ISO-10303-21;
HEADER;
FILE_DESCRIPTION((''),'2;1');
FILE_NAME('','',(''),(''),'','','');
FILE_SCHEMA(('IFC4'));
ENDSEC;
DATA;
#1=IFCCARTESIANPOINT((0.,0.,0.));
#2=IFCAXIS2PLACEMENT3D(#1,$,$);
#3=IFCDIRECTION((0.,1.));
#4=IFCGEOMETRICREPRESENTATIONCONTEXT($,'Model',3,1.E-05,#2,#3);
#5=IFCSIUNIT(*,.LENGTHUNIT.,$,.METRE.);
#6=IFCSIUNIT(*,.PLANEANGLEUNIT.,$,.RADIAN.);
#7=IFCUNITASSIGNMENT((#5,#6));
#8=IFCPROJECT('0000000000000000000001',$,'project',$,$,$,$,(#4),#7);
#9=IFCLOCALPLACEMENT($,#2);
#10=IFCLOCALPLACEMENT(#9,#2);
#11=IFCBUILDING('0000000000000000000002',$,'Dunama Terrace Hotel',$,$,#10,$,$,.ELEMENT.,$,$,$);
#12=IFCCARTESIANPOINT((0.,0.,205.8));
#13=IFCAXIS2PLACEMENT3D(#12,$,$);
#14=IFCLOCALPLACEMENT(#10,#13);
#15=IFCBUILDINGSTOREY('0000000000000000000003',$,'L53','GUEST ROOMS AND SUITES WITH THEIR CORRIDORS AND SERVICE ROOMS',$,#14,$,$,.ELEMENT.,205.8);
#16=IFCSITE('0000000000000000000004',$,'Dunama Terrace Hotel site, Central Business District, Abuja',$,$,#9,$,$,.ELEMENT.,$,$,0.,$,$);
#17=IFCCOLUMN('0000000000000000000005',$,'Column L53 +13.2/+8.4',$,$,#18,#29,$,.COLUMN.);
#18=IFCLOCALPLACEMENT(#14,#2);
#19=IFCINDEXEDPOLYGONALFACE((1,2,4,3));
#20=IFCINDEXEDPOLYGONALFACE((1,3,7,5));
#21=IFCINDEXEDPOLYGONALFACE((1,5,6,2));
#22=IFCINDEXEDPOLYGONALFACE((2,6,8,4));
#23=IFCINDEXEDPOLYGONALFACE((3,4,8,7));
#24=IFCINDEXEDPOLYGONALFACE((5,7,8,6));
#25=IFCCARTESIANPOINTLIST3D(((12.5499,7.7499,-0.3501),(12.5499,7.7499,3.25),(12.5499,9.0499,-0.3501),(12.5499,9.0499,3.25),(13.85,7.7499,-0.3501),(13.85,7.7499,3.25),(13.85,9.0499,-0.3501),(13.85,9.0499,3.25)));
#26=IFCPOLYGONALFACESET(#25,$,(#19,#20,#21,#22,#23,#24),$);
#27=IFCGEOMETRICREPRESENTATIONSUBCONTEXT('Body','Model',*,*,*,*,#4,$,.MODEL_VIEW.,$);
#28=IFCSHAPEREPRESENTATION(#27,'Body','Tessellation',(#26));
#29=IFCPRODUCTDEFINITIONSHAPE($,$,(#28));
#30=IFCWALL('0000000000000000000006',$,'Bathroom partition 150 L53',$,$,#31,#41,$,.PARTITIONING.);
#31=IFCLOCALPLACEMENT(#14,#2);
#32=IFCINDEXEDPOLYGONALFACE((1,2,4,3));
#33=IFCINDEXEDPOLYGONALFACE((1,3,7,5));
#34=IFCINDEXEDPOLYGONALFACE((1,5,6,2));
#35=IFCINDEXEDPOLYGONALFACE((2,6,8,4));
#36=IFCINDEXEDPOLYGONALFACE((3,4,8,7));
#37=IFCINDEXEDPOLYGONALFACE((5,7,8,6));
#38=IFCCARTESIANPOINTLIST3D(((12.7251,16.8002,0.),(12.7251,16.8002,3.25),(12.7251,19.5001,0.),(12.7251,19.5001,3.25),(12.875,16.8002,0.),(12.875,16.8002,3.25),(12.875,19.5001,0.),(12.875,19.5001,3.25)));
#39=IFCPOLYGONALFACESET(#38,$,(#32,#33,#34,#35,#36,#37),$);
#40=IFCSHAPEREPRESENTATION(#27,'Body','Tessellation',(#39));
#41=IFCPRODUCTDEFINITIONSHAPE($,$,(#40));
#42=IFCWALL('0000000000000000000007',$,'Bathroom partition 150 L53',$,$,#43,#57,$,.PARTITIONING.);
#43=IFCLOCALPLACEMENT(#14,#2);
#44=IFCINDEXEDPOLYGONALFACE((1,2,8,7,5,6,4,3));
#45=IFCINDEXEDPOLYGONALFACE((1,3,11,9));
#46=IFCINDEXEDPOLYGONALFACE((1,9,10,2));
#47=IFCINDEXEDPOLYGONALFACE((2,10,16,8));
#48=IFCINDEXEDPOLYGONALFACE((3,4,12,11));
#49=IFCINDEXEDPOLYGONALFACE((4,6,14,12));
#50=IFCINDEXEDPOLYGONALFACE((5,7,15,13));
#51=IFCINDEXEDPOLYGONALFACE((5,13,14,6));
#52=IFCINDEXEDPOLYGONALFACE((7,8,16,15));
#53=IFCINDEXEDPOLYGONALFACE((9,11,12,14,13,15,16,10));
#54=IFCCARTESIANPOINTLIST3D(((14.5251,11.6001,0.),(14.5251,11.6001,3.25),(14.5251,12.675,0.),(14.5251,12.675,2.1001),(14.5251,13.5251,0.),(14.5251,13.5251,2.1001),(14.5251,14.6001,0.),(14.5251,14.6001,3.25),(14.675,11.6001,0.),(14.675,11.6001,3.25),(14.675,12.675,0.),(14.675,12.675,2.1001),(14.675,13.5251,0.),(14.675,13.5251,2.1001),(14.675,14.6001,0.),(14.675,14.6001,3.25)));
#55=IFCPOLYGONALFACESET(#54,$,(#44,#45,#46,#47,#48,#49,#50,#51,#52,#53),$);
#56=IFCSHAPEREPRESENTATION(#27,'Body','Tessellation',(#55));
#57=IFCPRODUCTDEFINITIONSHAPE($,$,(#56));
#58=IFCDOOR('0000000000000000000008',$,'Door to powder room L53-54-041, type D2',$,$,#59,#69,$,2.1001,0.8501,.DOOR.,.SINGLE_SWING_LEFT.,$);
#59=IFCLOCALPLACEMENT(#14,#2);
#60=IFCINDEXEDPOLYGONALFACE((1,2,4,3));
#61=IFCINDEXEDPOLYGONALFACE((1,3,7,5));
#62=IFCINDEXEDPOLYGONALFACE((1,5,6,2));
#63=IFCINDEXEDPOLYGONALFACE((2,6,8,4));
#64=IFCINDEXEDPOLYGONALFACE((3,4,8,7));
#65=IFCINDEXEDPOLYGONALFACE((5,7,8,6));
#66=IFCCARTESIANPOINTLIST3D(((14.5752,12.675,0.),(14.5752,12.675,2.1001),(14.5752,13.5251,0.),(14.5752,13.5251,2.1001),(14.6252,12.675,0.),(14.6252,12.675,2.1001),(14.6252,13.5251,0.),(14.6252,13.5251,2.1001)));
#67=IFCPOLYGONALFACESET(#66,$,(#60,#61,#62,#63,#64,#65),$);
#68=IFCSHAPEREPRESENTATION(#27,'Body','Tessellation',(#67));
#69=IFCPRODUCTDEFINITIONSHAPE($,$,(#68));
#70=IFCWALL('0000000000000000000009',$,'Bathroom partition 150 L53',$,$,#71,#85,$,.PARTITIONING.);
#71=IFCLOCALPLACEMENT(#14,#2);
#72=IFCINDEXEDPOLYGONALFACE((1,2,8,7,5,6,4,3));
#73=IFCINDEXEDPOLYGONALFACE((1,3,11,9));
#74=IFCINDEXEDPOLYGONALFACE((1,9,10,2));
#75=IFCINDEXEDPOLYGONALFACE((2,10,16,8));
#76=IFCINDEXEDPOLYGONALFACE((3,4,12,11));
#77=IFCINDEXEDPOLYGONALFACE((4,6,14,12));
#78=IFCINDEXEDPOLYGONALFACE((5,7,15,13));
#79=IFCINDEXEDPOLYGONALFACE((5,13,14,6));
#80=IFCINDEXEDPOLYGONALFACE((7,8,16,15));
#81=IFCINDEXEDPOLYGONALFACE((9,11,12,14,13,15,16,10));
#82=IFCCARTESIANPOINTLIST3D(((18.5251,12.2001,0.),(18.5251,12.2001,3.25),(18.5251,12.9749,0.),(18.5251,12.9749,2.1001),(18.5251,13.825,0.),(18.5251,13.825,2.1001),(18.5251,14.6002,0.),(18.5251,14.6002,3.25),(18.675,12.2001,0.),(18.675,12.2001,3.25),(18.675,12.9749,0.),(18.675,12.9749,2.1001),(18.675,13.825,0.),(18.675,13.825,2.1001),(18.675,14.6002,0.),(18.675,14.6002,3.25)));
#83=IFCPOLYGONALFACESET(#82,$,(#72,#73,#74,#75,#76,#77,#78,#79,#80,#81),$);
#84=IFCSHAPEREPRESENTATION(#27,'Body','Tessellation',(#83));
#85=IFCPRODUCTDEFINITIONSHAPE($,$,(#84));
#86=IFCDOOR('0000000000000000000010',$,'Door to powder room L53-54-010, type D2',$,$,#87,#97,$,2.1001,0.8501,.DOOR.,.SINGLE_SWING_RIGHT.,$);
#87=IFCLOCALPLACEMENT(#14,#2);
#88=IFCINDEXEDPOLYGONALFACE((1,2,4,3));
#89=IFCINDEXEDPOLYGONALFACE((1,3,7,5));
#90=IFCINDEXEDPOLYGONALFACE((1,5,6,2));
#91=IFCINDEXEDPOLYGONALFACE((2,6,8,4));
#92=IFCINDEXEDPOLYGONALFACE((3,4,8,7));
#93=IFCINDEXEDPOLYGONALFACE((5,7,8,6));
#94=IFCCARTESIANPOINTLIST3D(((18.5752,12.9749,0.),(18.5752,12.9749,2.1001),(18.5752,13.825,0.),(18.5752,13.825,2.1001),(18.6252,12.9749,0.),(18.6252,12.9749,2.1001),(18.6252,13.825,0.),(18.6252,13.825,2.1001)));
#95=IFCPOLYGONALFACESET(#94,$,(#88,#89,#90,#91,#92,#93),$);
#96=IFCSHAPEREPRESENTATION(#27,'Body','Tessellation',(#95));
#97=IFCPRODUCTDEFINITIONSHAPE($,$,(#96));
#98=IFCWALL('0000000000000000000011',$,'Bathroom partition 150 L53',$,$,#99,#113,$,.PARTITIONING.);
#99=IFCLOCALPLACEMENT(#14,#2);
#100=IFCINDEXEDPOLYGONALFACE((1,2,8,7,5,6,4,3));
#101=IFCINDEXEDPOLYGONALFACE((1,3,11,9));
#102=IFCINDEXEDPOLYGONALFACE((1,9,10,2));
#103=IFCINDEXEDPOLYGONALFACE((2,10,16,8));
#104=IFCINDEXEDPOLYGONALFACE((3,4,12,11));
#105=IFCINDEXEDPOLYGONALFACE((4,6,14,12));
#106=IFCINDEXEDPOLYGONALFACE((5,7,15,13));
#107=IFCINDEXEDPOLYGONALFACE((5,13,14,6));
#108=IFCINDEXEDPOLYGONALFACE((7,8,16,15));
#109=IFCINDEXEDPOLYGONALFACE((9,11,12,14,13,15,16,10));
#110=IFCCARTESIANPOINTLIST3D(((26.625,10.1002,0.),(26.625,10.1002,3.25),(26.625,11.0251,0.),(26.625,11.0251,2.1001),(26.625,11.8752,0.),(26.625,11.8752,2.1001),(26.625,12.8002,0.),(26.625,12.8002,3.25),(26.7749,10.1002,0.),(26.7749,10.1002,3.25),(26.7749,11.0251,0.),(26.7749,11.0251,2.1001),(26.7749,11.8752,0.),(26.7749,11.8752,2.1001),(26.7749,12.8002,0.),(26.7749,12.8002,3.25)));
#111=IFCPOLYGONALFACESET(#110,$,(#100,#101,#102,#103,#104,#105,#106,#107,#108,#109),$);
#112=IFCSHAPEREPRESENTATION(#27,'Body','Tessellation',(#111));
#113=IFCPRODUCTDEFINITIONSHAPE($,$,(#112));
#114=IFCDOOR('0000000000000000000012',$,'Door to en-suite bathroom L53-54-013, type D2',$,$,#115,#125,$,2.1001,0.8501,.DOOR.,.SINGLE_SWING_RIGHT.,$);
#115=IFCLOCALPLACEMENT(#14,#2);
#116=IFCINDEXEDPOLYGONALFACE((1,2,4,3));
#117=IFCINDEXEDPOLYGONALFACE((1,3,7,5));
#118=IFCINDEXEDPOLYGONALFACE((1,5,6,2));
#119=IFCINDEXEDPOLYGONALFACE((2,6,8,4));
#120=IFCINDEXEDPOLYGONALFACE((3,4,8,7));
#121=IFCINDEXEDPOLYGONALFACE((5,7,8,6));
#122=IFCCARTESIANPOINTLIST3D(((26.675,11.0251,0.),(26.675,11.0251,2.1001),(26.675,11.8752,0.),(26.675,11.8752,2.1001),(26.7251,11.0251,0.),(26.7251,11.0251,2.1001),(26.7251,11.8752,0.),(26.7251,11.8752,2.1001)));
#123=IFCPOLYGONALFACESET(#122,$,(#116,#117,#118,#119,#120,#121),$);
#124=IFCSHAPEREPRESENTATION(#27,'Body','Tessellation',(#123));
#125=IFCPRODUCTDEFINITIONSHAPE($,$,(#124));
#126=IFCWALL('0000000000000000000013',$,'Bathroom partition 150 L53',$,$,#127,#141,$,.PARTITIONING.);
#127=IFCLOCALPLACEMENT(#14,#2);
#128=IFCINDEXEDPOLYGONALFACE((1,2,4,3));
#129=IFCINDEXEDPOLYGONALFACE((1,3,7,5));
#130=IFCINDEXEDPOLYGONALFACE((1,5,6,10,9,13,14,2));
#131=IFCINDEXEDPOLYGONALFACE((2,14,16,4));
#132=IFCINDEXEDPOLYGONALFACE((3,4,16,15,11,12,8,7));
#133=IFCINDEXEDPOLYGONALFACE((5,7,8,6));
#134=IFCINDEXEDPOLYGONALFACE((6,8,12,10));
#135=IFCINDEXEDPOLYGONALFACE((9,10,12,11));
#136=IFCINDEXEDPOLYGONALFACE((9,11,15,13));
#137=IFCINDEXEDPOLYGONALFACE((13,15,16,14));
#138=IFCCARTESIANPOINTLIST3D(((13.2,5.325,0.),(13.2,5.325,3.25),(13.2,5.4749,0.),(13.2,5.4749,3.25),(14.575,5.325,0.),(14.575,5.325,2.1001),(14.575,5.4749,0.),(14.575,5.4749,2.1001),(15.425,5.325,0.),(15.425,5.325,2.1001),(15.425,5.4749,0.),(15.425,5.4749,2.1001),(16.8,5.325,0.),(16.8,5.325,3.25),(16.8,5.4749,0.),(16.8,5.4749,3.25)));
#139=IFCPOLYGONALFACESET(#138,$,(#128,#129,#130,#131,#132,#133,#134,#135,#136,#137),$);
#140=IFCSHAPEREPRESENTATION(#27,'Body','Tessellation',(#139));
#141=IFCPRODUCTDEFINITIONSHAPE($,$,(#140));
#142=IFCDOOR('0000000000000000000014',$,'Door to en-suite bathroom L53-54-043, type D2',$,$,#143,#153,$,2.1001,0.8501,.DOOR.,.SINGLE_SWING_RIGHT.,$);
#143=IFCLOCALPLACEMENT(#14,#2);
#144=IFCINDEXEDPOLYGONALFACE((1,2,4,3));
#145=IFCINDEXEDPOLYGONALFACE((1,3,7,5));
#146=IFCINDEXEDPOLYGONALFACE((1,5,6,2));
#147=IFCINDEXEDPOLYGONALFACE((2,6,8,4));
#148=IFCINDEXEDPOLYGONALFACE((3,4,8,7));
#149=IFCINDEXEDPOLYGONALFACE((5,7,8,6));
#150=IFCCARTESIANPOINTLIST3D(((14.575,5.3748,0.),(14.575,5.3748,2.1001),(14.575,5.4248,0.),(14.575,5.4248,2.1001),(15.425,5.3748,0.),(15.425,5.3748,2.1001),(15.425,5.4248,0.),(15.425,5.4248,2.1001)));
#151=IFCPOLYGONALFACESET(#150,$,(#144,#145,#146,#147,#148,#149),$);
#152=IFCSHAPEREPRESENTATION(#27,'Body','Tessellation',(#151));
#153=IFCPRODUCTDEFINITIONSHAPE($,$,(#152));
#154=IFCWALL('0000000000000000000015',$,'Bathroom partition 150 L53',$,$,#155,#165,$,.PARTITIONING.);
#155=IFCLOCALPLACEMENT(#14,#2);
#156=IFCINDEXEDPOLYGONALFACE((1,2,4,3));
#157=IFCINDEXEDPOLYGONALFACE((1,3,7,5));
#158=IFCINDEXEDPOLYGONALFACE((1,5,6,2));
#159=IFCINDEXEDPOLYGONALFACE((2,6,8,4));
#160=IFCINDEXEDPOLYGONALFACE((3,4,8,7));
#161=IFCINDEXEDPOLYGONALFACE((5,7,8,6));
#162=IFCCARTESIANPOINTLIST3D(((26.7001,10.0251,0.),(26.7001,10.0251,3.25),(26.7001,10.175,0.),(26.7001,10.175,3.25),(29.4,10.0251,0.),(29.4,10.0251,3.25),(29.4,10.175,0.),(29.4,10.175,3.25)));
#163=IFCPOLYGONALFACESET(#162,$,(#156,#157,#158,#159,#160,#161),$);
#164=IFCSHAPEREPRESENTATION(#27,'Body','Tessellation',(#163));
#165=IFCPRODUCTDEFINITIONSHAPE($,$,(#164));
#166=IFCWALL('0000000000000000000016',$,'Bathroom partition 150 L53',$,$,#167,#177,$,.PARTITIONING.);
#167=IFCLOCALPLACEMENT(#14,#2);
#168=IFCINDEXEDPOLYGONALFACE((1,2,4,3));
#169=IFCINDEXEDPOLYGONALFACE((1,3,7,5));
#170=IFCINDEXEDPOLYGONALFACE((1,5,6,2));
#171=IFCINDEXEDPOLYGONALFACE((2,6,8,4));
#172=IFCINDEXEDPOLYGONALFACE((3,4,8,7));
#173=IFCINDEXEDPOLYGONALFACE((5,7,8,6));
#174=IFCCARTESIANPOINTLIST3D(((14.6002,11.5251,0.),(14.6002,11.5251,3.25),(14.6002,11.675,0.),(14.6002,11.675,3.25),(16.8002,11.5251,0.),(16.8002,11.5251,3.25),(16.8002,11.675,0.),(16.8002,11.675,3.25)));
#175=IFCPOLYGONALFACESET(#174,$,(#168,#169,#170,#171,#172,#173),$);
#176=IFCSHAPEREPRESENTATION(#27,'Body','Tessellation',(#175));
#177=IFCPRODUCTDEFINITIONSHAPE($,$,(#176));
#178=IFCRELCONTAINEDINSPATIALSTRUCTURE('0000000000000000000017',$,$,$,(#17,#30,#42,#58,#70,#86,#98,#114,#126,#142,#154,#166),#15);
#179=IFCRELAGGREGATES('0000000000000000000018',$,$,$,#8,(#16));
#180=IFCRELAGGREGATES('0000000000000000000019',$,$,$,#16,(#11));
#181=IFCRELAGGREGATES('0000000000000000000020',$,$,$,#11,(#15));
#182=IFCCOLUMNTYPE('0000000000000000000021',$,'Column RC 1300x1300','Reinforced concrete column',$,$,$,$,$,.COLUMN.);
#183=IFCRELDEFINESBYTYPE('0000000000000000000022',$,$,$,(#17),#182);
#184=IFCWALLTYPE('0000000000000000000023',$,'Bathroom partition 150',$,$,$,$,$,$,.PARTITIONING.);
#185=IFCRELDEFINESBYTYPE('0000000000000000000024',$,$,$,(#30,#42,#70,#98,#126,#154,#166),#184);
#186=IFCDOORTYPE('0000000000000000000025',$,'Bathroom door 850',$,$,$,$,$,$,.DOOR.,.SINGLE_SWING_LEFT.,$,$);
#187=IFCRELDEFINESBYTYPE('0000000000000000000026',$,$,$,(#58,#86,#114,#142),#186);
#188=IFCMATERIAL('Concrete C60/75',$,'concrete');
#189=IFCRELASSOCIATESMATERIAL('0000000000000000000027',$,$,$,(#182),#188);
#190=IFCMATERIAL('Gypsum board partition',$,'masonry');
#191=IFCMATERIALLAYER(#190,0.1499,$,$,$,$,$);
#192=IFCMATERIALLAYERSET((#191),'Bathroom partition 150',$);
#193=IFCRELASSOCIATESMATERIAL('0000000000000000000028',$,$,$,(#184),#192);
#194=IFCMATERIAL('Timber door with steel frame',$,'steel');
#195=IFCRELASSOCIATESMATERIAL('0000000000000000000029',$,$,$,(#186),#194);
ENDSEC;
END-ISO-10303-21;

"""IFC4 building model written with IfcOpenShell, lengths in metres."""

from ifc_helpers import new_model, si_unit, direction, frame, frame_2d, origin, origin_2d, place, context, subcontext, project, spatial, rectangle, extrude, material, layer, layer_set, material_profile, profile_set, type_object, element, fill, save


model = new_model("IFC4")

# Units and contexts
model_context = context("Model", 3, precision=1e-05, world=origin(), true_north=direction((0.0, 1.0)))
body_context = subcontext(model_context, "Body", "Model", "MODEL_VIEW")
ifc_project = project(units=[si_unit("LENGTHUNIT", "METRE"), si_unit("PLANEANGLEUNIT", "RADIAN")], contexts=[model_context])

# Site, building, storey
site_placement = place(None, origin())
site = spatial("IfcSite", under=ifc_project, at=site_placement, Name="Dunama Terrace Hotel site, Central Business District, Abuja", CompositionType="ELEMENT", RefElevation=0.0)
building_placement = place(site_placement, origin())
building = spatial("IfcBuilding", under=site, at=building_placement, Name="Dunama Terrace Hotel", CompositionType="ELEMENT")
storey_placement = place(building_placement, frame((0.0, 0.0, 205.8)))
storey = spatial("IfcBuildingStorey", under=building, at=storey_placement, Name="L53", Description="GUEST ROOMS AND SUITES WITH THEIR CORRIDORS AND SERVICE ROOMS", CompositionType="ELEMENT", Elevation=205.8)

# Column
ifc_material_1 = material(Name="Concrete C60/75", Category="concrete")
ifc_material_profile = material_profile(ifc_material_1, rectangle(XDim=1.3, YDim=1.3, at=origin_2d()), Name="RC 1300x1300")
ifc_profile_set = profile_set([ifc_material_profile], Name="Concrete C60/75")
column_type = type_object("IfcColumnType", Name="Column RC 1300x1300", Description="Reinforced concrete column", PredefinedType="COLUMN", material=ifc_profile_set)
column_placement = place(storey_placement, frame((13.2, 8.3999, -0.3501), z_axis=(0.0, 0.0, 1.0), x_axis=(1.0, 0.0, 0.0)))
element("IfcColumn", 1, at=column_placement, inside=storey, type_object=column_type, Name="Column L53 +13.2/+8.4", PredefinedType="COLUMN", context=body_context, shape_type="SweptSolid", body=[
    extrude(rectangle(XDim=1.3, YDim=1.3, at=origin_2d()), origin(), (0.0, 0.0, 1.0), 3.6001),
])

# Wall
ifc_material_2 = material(Name="Gypsum board partition", Category="masonry")
ifc_layer_1 = layer(ifc_material_2, 0.1499)
ifc_layer_set_1 = layer_set([ifc_layer_1], Name="Bathroom partition 150")
wall_type_1 = type_object("IfcWallType", Name="Bathroom partition 150", PredefinedType="PARTITIONING", material=ifc_layer_set_1)
wall_1_placement = place(storey_placement, frame((12.8, 16.8, 0.0), z_axis=(0.0, 0.0, 1.0), x_axis=(0.0, 1.0, 0.0)))
element("IfcWall", 2, at=wall_1_placement, inside=storey, type_object=wall_type_1, Name="Bathroom partition 150 L53", PredefinedType="PARTITIONING", context=body_context, shape_type="SweptSolid", body=[
    extrude(rectangle(XDim=2.7, YDim=0.1499, at=frame_2d((1.3501, 0.0))), origin(), (0.0, 0.0, 1.0), 3.25),
])

# Walls, openings, doors
wall_2_placement = place(storey_placement, frame((14.6001, 11.6001, 0.0), z_axis=(0.0, 0.0, 1.0), x_axis=(0.0, 1.0, 0.0)))
wall_2 = element("IfcWall", 3, at=wall_2_placement, inside=storey, type_object=wall_type_1, Name="Bathroom partition 150 L53", PredefinedType="PARTITIONING", context=body_context, shape_type="SweptSolid", body=[
    extrude(rectangle(XDim=3.0, YDim=0.1499, at=frame_2d((1.5, 0.0))), origin(), (0.0, 0.0, 1.0), 3.25),
])
opening_1_placement = place(wall_2_placement, frame((1.075, 0.0, 0.0)))
opening_1 = element("IfcOpeningElement", 4, at=opening_1_placement, cuts=wall_2, PredefinedType="OPENING", context=body_context, shape_type="SweptSolid", body=[
    extrude(rectangle(XDim=0.8501, YDim=2.1001, at=frame_2d((0.425, 1.05))), frame((0.0, 0.085, 0.0), z_axis=(0.0, -1.0, 0.0), x_axis=(1.0, 0.0, 0.0)), (0.0, 0.0, 1.0), 0.1699),
])
ifc_material_3 = material(Name="Timber door with steel frame", Category="steel")
door_type_1 = type_object("IfcDoorType", Name="Bathroom door 850", OperationType="SINGLE_SWING_LEFT", PredefinedType="DOOR", material=ifc_material_3)
door_1_placement = place(opening_1_placement, frame((0.8501, 0.0, 0.0), z_axis=(0.0, 0.0, 1.0), x_axis=(-1.0, 0.0, 0.0)))
door_1 = element("IfcDoor", 5, at=door_1_placement, inside=storey, type_object=door_type_1, Name="Door to powder room L53-54-041, type D2", OperationType="SINGLE_SWING_LEFT", OverallHeight=2.1001, OverallWidth=0.8501, PredefinedType="DOOR", context=body_context, shape_type="SweptSolid", body=[
    extrude(rectangle(XDim=0.8501, YDim=2.1001, at=frame_2d((0.425, 1.05))), frame((0.0, 0.0251, 0.0), z_axis=(0.0, -1.0, 0.0), x_axis=(1.0, 0.0, 0.0)), (0.0, 0.0, 1.0), 0.05),
])
fill(opening_1, door_1)
wall_3_placement = place(storey_placement, frame((18.6001, 12.2, 0.0), z_axis=(0.0, 0.0, 1.0), x_axis=(0.0, 1.0, 0.0)))
wall_3 = element("IfcWall", 6, at=wall_3_placement, inside=storey, type_object=wall_type_1, Name="Bathroom partition 150 L53", PredefinedType="PARTITIONING", context=body_context, shape_type="SweptSolid", body=[
    extrude(rectangle(XDim=2.4001, YDim=0.1499, at=frame_2d((1.2002, 0.0))), origin(), (0.0, 0.0, 1.0), 3.25),
])
opening_2_placement = place(wall_3_placement, frame((0.7749, 0.0, 0.0)))
opening_2 = element("IfcOpeningElement", 7, at=opening_2_placement, cuts=wall_3, PredefinedType="OPENING", context=body_context, shape_type="SweptSolid", body=[
    extrude(rectangle(XDim=0.8501, YDim=2.1001, at=frame_2d((0.425, 1.05))), frame((0.0, 0.085, 0.0), z_axis=(0.0, -1.0, 0.0), x_axis=(1.0, 0.0, 0.0)), (0.0, 0.0, 1.0), 0.1699),
])
door_2_placement = place(opening_2_placement, origin())
door_2 = element("IfcDoor", 8, at=door_2_placement, inside=storey, type_object=door_type_1, Name="Door to powder room L53-54-010, type D2", OperationType="SINGLE_SWING_RIGHT", OverallHeight=2.1001, OverallWidth=0.8501, PredefinedType="DOOR", context=body_context, shape_type="SweptSolid", body=[
    extrude(rectangle(XDim=0.8501, YDim=2.1001, at=frame_2d((0.425, 1.05))), frame((0.0, 0.0249, 0.0), z_axis=(0.0, -1.0, 0.0), x_axis=(1.0, 0.0, 0.0)), (0.0, 0.0, 1.0), 0.05),
])
fill(opening_2, door_2)
wall_4_placement = place(storey_placement, frame((26.7, 10.1001, 0.0), z_axis=(0.0, 0.0, 1.0), x_axis=(0.0, 1.0, 0.0)))
wall_4 = element("IfcWall", 9, at=wall_4_placement, inside=storey, type_object=wall_type_1, Name="Bathroom partition 150 L53", PredefinedType="PARTITIONING", context=body_context, shape_type="SweptSolid", body=[
    extrude(rectangle(XDim=2.7, YDim=0.1499, at=frame_2d((1.3501, 0.0))), origin(), (0.0, 0.0, 1.0), 3.25),
])
opening_3_placement = place(wall_4_placement, frame((0.925, 0.0, 0.0)))
opening_3 = element("IfcOpeningElement", 10, at=opening_3_placement, cuts=wall_4, PredefinedType="OPENING", context=body_context, shape_type="SweptSolid", body=[
    extrude(rectangle(XDim=0.8501, YDim=2.1001, at=frame_2d((0.425, 1.05))), frame((0.0, 0.085, 0.0), z_axis=(0.0, -1.0, 0.0), x_axis=(1.0, 0.0, 0.0)), (0.0, 0.0, 1.0), 0.1699),
])
door_3_placement = place(opening_3_placement, frame((0.8501, 0.0, 0.0), z_axis=(0.0, 0.0, 1.0), x_axis=(-1.0, 0.0, 0.0)))
door_3 = element("IfcDoor", 11, at=door_3_placement, inside=storey, type_object=door_type_1, Name="Door to en-suite bathroom L53-54-013, type D2", OperationType="SINGLE_SWING_RIGHT", OverallHeight=2.1001, OverallWidth=0.8501, PredefinedType="DOOR", context=body_context, shape_type="SweptSolid", body=[
    extrude(rectangle(XDim=0.8501, YDim=2.1001, at=frame_2d((0.425, 1.05))), frame((0.0, 0.0251, 0.0), z_axis=(0.0, -1.0, 0.0), x_axis=(1.0, 0.0, 0.0)), (0.0, 0.0, 1.0), 0.05),
])
fill(opening_3, door_3)
wall_5_placement = place(storey_placement, frame((13.2, 5.3999, 0.0), z_axis=(0.0, 0.0, 1.0), x_axis=(1.0, 0.0, 0.0)))
wall_5 = element("IfcWall", 12, at=wall_5_placement, inside=storey, type_object=wall_type_1, Name="Bathroom partition 150 L53", PredefinedType="PARTITIONING", context=body_context, shape_type="SweptSolid", body=[
    extrude(rectangle(XDim=3.6001, YDim=0.1499, at=frame_2d((1.8, 0.0))), origin(), (0.0, 0.0, 1.0), 3.25),
])
opening_4_placement = place(wall_5_placement, frame((1.375, 0.0, 0.0)))
opening_4 = element("IfcOpeningElement", 13, at=opening_4_placement, cuts=wall_5, PredefinedType="OPENING", context=body_context, shape_type="SweptSolid", body=[
    extrude(rectangle(XDim=0.8501, YDim=2.1001, at=frame_2d((0.425, 1.05))), frame((0.0, 0.085, 0.0), z_axis=(0.0, -1.0, 0.0), x_axis=(1.0, 0.0, 0.0)), (0.0, 0.0, 1.0), 0.1699),
])
door_4_placement = place(opening_4_placement, origin())
door_4 = element("IfcDoor", 14, at=door_4_placement, inside=storey, type_object=door_type_1, Name="Door to en-suite bathroom L53-54-043, type D2", OperationType="SINGLE_SWING_RIGHT", OverallHeight=2.1001, OverallWidth=0.8501, PredefinedType="DOOR", context=body_context, shape_type="SweptSolid", body=[
    extrude(rectangle(XDim=0.8501, YDim=2.1001, at=frame_2d((0.425, 1.05))), frame((0.0, 0.0249, 0.0), z_axis=(0.0, -1.0, 0.0), x_axis=(1.0, 0.0, 0.0)), (0.0, 0.0, 1.0), 0.05),
])
fill(opening_4, door_4)

# Walls
wall_6_placement = place(storey_placement, frame((26.7, 10.1001, 0.0), z_axis=(0.0, 0.0, 1.0), x_axis=(1.0, 0.0, 0.0)))
element("IfcWall", 15, at=wall_6_placement, inside=storey, type_object=wall_type_1, Name="Bathroom partition 150 L53", PredefinedType="PARTITIONING", context=body_context, shape_type="SweptSolid", body=[
    extrude(rectangle(XDim=2.7, YDim=0.1499, at=frame_2d((1.3501, 0.0))), origin(), (0.0, 0.0, 1.0), 3.25),
])
wall_7_placement = place(storey_placement, frame((14.6001, 11.6001, 0.0), z_axis=(0.0, 0.0, 1.0), x_axis=(1.0, 0.0, 0.0)))
element("IfcWall", 16, at=wall_7_placement, inside=storey, type_object=wall_type_1, Name="Bathroom partition 150 L53", PredefinedType="PARTITIONING", context=body_context, shape_type="SweptSolid", body=[
    extrude(rectangle(XDim=2.2, YDim=0.1499, at=frame_2d((1.1001, 0.0))), origin(), (0.0, 0.0, 1.0), 3.25),
])

save(model, "model.ifc")
